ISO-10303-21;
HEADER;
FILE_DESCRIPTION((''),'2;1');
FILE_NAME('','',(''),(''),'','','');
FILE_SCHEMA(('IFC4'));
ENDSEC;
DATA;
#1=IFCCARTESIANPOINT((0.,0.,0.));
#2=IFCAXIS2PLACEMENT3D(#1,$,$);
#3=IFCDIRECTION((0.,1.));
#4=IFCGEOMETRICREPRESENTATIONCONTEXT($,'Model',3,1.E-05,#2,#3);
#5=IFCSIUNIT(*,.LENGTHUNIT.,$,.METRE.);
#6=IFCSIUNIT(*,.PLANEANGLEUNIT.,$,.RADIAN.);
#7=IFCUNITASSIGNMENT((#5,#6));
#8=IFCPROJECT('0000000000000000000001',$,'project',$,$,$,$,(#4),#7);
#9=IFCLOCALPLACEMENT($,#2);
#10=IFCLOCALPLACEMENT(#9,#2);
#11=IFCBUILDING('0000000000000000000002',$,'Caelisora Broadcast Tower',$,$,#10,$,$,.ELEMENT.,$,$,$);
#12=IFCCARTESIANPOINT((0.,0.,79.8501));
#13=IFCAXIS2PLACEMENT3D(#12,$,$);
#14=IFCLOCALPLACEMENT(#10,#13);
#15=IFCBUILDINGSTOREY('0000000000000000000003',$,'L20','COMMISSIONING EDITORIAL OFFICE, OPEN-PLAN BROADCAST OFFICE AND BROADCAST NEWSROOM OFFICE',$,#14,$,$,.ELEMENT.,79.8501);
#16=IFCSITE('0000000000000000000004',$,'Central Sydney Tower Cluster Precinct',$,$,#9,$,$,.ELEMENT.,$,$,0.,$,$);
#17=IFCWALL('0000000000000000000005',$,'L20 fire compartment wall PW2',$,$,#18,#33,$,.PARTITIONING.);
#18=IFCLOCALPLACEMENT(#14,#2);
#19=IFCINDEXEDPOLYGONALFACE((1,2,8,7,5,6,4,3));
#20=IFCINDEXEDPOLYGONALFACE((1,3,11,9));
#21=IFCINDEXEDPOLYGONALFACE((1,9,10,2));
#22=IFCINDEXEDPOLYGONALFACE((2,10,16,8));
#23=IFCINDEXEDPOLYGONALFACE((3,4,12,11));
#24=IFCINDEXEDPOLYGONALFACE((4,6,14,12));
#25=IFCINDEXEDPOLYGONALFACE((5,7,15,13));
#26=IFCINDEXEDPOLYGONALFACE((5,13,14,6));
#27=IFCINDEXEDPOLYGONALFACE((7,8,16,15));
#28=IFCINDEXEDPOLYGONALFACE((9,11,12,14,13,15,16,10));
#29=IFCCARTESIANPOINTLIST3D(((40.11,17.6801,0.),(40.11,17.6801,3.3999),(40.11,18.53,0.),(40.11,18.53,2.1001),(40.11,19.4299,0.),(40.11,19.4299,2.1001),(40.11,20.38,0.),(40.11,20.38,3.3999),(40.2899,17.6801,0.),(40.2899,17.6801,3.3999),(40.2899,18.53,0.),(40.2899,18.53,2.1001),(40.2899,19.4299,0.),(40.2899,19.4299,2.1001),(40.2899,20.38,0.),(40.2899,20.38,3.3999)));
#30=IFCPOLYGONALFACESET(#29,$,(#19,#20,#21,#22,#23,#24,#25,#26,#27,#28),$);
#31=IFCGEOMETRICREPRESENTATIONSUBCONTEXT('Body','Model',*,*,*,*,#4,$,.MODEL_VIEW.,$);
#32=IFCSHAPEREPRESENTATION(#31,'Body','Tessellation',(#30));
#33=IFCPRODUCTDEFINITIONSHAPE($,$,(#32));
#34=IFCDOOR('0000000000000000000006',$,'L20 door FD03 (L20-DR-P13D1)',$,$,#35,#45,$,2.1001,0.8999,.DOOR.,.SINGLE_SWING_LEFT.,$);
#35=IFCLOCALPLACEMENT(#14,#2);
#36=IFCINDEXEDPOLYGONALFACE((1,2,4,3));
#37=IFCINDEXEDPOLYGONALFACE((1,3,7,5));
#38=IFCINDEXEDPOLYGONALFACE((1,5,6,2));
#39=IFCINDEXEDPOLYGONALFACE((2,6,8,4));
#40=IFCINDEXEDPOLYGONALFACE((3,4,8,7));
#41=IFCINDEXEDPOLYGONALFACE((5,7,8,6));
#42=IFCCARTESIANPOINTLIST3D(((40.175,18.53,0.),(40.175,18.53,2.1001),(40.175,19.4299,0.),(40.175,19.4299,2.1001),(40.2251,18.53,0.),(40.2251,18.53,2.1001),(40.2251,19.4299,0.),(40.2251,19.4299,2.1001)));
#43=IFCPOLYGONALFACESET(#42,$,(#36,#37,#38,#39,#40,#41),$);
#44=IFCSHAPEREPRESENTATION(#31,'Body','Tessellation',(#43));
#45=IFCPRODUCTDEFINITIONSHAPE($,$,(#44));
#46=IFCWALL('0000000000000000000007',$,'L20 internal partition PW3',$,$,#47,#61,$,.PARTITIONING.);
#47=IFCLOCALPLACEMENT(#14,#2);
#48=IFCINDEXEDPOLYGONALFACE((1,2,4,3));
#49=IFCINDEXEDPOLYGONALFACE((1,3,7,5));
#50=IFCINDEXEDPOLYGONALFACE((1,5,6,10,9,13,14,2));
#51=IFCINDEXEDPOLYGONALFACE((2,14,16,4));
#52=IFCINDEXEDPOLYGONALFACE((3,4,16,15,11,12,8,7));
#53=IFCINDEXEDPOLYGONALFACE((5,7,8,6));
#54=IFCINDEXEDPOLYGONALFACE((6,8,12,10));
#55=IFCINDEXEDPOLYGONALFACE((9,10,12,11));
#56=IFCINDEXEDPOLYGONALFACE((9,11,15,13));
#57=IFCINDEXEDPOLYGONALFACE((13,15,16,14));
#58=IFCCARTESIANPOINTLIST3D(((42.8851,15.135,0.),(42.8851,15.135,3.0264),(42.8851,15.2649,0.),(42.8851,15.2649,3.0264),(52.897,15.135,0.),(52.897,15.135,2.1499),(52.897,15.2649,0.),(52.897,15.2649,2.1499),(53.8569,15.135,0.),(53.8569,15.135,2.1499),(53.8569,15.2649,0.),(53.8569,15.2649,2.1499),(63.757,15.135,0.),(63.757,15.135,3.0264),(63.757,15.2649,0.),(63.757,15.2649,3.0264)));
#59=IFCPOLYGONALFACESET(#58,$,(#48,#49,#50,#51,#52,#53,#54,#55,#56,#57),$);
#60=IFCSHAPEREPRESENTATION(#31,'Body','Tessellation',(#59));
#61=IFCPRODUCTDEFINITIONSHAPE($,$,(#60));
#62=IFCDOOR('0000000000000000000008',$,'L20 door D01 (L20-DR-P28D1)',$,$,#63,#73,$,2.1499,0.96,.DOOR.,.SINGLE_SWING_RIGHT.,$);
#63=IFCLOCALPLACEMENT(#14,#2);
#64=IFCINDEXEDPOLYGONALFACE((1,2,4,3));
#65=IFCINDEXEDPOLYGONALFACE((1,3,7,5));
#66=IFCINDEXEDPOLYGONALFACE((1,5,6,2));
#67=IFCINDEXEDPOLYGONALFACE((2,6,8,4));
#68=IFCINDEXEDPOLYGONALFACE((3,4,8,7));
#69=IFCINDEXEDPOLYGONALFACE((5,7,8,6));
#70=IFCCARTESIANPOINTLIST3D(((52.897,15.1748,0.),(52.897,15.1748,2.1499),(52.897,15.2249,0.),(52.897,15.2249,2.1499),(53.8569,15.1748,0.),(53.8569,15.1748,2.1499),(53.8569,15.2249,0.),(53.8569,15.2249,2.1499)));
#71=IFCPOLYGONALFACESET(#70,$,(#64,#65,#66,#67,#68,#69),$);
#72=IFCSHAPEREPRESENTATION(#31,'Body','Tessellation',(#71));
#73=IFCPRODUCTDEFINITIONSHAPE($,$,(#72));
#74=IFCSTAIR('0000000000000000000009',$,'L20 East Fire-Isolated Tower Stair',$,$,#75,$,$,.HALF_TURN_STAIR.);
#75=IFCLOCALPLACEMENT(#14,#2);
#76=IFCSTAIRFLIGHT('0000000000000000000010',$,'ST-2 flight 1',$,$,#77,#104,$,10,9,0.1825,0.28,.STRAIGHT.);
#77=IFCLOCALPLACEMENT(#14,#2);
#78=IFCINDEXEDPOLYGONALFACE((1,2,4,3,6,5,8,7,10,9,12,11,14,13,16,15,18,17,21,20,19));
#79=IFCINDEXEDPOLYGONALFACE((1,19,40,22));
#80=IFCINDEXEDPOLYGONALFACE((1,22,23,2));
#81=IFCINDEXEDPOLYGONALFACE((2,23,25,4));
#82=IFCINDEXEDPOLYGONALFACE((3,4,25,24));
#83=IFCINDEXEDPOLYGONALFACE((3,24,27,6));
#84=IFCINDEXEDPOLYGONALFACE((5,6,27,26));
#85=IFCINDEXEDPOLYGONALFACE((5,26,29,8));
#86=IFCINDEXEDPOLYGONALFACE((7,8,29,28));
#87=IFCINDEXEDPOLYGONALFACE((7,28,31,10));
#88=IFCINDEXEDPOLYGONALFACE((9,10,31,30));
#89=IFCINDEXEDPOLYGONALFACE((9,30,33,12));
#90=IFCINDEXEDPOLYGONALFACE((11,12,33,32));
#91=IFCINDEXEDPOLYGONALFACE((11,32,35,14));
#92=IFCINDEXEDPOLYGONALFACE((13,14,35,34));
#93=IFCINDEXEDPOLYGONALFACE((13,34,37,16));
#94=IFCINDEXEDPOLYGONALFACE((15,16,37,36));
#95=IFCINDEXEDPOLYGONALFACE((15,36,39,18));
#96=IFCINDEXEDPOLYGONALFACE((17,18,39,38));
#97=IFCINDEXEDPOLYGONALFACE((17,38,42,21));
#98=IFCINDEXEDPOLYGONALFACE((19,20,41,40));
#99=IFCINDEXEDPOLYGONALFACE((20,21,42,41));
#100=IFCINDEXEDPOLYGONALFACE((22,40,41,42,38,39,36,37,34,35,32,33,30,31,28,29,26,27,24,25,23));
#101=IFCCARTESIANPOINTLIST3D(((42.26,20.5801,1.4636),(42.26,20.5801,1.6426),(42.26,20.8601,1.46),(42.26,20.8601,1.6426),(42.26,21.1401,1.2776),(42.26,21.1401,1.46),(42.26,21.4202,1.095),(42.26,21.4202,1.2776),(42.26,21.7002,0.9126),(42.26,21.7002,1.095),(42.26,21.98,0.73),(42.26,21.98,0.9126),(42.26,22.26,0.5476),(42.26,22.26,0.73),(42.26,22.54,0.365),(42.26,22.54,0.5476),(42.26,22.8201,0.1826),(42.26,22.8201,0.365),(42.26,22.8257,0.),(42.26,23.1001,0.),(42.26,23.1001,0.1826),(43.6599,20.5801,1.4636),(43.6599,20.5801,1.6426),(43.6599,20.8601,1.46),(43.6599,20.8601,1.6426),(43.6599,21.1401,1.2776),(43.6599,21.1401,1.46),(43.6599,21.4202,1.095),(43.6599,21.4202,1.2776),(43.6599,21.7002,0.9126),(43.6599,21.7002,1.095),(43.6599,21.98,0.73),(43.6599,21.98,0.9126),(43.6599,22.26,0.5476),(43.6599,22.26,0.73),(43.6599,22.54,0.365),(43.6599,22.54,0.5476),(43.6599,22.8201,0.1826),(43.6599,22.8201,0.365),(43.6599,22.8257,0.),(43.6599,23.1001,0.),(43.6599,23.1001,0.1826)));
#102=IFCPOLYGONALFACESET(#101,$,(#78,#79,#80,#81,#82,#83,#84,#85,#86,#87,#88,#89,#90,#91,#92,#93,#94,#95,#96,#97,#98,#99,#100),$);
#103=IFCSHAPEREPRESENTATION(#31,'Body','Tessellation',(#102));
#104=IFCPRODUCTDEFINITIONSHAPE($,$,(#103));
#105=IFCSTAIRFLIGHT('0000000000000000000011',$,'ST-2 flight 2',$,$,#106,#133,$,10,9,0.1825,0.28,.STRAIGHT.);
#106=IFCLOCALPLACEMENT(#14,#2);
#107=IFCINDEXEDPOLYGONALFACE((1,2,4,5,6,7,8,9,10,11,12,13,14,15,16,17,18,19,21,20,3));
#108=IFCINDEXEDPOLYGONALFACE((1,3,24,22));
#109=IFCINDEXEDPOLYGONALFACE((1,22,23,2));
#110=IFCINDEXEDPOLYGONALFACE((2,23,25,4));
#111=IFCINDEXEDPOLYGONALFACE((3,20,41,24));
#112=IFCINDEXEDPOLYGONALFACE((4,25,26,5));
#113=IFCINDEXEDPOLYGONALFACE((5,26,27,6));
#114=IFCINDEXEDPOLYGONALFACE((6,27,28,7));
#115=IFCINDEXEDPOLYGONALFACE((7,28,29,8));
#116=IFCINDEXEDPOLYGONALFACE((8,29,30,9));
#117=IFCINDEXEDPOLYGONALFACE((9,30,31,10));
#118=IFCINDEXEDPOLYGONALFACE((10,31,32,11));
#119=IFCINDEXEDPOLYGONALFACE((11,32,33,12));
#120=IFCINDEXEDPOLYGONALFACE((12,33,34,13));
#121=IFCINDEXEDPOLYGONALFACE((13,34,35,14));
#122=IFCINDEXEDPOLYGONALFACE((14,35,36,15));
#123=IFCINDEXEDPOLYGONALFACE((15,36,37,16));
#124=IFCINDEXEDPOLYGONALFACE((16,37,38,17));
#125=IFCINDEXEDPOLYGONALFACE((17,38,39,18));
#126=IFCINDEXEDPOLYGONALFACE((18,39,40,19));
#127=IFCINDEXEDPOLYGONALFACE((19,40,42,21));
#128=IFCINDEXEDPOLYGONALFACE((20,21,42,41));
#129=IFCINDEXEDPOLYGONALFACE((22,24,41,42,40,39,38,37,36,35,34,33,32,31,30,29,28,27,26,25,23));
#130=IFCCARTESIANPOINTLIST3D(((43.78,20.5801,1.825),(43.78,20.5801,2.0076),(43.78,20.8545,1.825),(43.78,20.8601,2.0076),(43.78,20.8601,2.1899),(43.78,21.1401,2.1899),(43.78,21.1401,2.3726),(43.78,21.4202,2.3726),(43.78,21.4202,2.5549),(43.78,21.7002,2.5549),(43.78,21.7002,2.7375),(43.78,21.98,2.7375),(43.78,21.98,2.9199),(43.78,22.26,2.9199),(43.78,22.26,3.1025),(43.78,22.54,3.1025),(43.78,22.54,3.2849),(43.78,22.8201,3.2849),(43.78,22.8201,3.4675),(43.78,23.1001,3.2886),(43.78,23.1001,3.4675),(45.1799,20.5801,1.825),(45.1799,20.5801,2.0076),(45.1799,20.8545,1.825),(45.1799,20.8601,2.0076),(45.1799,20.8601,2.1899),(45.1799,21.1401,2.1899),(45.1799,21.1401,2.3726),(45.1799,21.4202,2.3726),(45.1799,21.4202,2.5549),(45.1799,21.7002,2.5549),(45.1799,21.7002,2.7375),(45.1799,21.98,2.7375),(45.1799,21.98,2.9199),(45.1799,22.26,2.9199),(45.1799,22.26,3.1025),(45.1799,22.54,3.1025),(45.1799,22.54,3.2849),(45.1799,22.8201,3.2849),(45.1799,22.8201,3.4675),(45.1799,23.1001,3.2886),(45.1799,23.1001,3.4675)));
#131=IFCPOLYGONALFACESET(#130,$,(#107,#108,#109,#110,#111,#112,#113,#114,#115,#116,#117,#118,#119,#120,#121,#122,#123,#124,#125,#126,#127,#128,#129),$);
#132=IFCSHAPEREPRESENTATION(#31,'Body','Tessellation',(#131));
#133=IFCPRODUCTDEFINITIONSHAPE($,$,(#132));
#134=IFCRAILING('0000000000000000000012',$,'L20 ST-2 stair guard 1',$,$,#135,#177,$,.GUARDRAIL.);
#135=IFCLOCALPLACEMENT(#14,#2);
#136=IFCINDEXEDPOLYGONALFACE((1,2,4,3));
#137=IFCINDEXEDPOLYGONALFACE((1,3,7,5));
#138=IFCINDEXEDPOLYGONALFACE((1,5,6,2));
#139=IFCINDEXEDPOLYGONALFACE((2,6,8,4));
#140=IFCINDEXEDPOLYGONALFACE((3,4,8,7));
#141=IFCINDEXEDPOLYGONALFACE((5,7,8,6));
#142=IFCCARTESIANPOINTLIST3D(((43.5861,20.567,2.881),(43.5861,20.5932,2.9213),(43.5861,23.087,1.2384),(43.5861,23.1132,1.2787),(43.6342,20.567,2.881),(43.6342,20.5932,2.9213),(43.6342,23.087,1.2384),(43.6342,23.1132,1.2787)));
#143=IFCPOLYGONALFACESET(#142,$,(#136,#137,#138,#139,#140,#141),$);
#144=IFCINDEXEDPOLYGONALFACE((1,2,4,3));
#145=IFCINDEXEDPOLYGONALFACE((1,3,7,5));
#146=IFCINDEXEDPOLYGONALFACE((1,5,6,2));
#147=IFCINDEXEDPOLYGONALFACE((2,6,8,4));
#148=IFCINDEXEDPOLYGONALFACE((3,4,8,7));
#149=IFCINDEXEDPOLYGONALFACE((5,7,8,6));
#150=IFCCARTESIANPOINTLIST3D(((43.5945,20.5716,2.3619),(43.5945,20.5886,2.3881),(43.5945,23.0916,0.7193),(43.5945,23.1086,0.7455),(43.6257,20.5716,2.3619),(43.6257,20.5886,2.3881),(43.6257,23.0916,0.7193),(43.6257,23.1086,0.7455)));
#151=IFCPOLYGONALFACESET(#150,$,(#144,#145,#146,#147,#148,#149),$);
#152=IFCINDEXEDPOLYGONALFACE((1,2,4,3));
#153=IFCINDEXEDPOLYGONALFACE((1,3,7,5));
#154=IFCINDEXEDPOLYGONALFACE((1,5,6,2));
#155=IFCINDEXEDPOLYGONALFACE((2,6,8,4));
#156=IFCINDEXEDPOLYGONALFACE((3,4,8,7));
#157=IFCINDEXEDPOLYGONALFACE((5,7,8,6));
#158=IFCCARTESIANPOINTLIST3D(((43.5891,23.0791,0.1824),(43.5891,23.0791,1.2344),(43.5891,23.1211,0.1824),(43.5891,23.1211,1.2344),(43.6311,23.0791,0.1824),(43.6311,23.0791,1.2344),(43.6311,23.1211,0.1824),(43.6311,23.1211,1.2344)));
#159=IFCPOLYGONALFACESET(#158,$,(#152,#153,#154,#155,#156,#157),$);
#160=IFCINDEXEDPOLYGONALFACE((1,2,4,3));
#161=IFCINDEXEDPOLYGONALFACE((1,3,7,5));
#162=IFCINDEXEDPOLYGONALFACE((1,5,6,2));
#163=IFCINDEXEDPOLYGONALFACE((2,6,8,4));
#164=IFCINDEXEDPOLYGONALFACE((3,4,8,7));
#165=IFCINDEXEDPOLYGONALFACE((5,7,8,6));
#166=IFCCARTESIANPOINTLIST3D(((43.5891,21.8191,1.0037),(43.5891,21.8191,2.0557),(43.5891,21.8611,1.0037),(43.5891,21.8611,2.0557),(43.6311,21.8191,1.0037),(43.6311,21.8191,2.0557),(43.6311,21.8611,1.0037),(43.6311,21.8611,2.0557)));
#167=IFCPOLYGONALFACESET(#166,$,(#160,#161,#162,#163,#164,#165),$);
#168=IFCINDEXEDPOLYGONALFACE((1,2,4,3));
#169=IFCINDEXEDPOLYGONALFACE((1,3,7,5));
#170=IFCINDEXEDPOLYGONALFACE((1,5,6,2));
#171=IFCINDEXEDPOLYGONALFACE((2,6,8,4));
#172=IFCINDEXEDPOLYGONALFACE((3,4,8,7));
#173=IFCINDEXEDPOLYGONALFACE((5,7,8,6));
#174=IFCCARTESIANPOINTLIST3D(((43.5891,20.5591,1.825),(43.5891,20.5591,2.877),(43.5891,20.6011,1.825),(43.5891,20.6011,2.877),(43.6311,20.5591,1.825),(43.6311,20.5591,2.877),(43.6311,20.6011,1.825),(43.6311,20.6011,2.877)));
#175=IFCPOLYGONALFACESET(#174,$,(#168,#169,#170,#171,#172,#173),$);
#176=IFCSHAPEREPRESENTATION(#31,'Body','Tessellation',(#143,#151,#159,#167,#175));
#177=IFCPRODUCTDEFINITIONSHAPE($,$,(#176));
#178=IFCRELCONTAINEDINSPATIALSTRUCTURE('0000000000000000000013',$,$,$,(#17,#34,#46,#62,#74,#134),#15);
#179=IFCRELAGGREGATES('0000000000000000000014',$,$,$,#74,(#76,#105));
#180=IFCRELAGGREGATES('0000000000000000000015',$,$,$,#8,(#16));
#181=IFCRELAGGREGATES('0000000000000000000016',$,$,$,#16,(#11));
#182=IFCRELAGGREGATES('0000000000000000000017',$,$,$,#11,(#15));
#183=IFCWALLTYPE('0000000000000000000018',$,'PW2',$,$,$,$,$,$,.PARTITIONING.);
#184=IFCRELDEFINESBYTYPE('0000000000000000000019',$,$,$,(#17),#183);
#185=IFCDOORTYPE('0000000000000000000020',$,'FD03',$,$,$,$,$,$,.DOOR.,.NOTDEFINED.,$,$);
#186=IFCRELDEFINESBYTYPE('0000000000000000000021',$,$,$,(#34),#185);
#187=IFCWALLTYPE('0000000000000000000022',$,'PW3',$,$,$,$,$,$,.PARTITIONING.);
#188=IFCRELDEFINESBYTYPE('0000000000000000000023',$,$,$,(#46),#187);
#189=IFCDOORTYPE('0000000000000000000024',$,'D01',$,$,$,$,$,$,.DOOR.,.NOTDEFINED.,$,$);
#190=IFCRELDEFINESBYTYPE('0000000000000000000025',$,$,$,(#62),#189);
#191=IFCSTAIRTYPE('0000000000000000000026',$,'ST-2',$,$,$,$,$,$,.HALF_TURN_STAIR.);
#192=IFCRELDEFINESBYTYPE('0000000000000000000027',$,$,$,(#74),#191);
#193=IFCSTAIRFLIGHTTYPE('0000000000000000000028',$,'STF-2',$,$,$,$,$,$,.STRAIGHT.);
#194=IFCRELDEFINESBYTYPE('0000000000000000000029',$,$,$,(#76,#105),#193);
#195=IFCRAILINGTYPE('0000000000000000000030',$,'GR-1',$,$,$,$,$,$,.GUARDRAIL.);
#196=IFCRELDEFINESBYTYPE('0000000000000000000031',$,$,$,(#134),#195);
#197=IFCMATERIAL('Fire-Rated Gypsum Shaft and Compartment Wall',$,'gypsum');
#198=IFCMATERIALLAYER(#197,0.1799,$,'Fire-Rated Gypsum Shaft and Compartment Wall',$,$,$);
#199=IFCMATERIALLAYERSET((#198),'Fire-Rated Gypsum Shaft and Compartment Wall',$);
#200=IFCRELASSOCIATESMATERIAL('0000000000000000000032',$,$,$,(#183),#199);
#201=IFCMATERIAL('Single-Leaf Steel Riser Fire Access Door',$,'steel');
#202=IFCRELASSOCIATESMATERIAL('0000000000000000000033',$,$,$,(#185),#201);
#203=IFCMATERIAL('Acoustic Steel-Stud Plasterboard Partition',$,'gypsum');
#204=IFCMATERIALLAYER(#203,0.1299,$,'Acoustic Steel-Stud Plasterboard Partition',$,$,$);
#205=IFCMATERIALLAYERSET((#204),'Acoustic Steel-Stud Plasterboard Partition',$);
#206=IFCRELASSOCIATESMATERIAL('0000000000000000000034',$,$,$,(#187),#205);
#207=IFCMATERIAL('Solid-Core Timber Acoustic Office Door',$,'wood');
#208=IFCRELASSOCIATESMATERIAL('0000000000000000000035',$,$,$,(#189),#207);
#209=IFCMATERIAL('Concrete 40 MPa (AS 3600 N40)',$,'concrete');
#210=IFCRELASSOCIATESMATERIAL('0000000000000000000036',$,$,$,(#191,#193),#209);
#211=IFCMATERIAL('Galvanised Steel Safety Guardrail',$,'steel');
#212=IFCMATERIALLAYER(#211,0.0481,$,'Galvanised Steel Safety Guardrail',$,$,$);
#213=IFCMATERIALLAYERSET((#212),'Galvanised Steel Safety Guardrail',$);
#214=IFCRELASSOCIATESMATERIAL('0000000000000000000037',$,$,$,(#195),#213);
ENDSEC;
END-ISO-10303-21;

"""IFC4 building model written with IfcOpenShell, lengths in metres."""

from ifc_helpers import new_model, si_unit, direction, frame, frame_2d, origin, origin_2d, place, context, subcontext, project, spatial, polyline, rectangle, outline, extrude, material, layer, layer_set, type_object, element, fill, aggregate, save


model = new_model("IFC4")

# Units and contexts
model_context = context("Model", 3, precision=1e-05, world=origin(), true_north=direction((0.0, 1.0)))
body_context = subcontext(model_context, "Body", "Model", "MODEL_VIEW")
ifc_project = project(units=[si_unit("LENGTHUNIT", "METRE"), si_unit("PLANEANGLEUNIT", "RADIAN")], contexts=[model_context])

# Site, building, storey
site_placement = place(None, origin())
site = spatial("IfcSite", under=ifc_project, at=site_placement, Name="Central Sydney Tower Cluster Precinct", CompositionType="ELEMENT", RefElevation=0.0)
building_placement = place(site_placement, origin())
building = spatial("IfcBuilding", under=site, at=building_placement, Name="Caelisora Broadcast Tower", CompositionType="ELEMENT")
storey_placement = place(building_placement, frame((0.0, 0.0, 79.8501)))
storey = spatial("IfcBuildingStorey", under=building, at=storey_placement, Name="L20", Description="COMMISSIONING EDITORIAL OFFICE, OPEN-PLAN BROADCAST OFFICE AND BROADCAST NEWSROOM OFFICE", CompositionType="ELEMENT", Elevation=79.8501)

# Shared definitions
ifc_material_1 = material(Name="Fire-Rated Gypsum Shaft and Compartment Wall", Category="gypsum")
ifc_layer_1 = layer(ifc_material_1, 0.1799, Name="Fire-Rated Gypsum Shaft and Compartment Wall")
ifc_layer_set_1 = layer_set([ifc_layer_1], Name="Fire-Rated Gypsum Shaft and Compartment Wall")
wall_type_1 = type_object("IfcWallType", Name="PW2", PredefinedType="PARTITIONING", material=ifc_layer_set_1)

# Walls, openings, doors
wall_1_placement = place(storey_placement, frame((40.2, 17.6799, 0.0), z_axis=(0.0, 0.0, 1.0), x_axis=(0.0, 1.0, 0.0)))
wall_1 = element("IfcWall", 1, at=wall_1_placement, inside=storey, type_object=wall_type_1, Name="L20 fire compartment wall PW2", PredefinedType="PARTITIONING", context=body_context, shape_type="SweptSolid", body=[
    extrude(rectangle(XDim=2.7, YDim=0.1799, at=frame_2d((1.3501, 0.0))), origin(), (0.0, 0.0, 1.0), 3.3999),
])
opening_1_placement = place(wall_1_placement, frame((0.8501, 0.0, 0.0)))
opening_1 = element("IfcOpeningElement", 2, at=opening_1_placement, cuts=wall_1, PredefinedType="OPENING", context=body_context, shape_type="SweptSolid", body=[
    extrude(rectangle(XDim=0.8999, YDim=2.1001, at=frame_2d((0.45, 1.05))), frame((0.0, 0.1021, 0.0), z_axis=(0.0, -1.0, 0.0), x_axis=(1.0, 0.0, 0.0)), (0.0, 0.0, 1.0), 0.2039),
])
ifc_material_2 = material(Name="Single-Leaf Steel Riser Fire Access Door", Category="steel")
door_type_1 = type_object("IfcDoorType", Name="FD03", OperationType="NOTDEFINED", PredefinedType="DOOR", material=ifc_material_2)
door_1_placement = place(opening_1_placement, origin())
door_1 = element("IfcDoor", 3, at=door_1_placement, inside=storey, type_object=door_type_1, Name="L20 door FD03 (L20-DR-P13D1)", OperationType="SINGLE_SWING_LEFT", OverallHeight=2.1001, OverallWidth=0.8999, PredefinedType="DOOR", context=body_context, shape_type="SweptSolid", body=[
    extrude(rectangle(XDim=0.8999, YDim=2.1001, at=frame_2d((0.45, 1.05))), frame((0.0, 0.0249, 0.0), z_axis=(0.0, -1.0, 0.0), x_axis=(1.0, 0.0, 0.0)), (0.0, 0.0, 1.0), 0.05),
])
fill(opening_1, door_1)
ifc_material_3 = material(Name="Acoustic Steel-Stud Plasterboard Partition", Category="gypsum")
ifc_layer_2 = layer(ifc_material_3, 0.1299, Name="Acoustic Steel-Stud Plasterboard Partition")
ifc_layer_set_2 = layer_set([ifc_layer_2], Name="Acoustic Steel-Stud Plasterboard Partition")
wall_type_2 = type_object("IfcWallType", Name="PW3", PredefinedType="PARTITIONING", material=ifc_layer_set_2)
wall_2_placement = place(storey_placement, frame((42.885, 15.2, 0.0), z_axis=(0.0, 0.0, 1.0), x_axis=(1.0, 0.0, 0.0)))
wall_2 = element("IfcWall", 4, at=wall_2_placement, inside=storey, type_object=wall_type_2, Name="L20 internal partition PW3", PredefinedType="PARTITIONING", context=body_context, shape_type="SweptSolid", body=[
    extrude(rectangle(XDim=20.8718, YDim=0.1299, at=frame_2d((10.436, 0.0))), origin(), (0.0, 0.0, 1.0), 3.0264),
])
opening_2_placement = place(wall_2_placement, frame((10.012, 0.0, 0.0)))
opening_2 = element("IfcOpeningElement", 5, at=opening_2_placement, cuts=wall_2, PredefinedType="OPENING", context=body_context, shape_type="SweptSolid", body=[
    extrude(rectangle(XDim=0.96, YDim=2.1499, at=frame_2d((0.48, 1.075))), frame((0.0, 0.0769, 0.0), z_axis=(0.0, -1.0, 0.0), x_axis=(1.0, 0.0, 0.0)), (0.0, 0.0, 1.0), 0.1538),
])
ifc_material_4 = material(Name="Solid-Core Timber Acoustic Office Door", Category="wood")
door_type_2 = type_object("IfcDoorType", Name="D01", OperationType="NOTDEFINED", PredefinedType="DOOR", material=ifc_material_4)
door_2_placement = place(opening_2_placement, origin())
door_2 = element("IfcDoor", 6, at=door_2_placement, inside=storey, type_object=door_type_2, Name="L20 door D01 (L20-DR-P28D1)", OperationType="SINGLE_SWING_RIGHT", OverallHeight=2.1499, OverallWidth=0.96, PredefinedType="DOOR", context=body_context, shape_type="SweptSolid", body=[
    extrude(rectangle(XDim=0.96, YDim=2.1499, at=frame_2d((0.48, 1.075))), frame((0.0, 0.0249, 0.0), z_axis=(0.0, -1.0, 0.0), x_axis=(1.0, 0.0, 0.0)), (0.0, 0.0, 1.0), 0.05),
])
fill(opening_2, door_2)

# Stair, stair flights
ifc_material_5 = material(Name="Concrete 40 MPa (AS 3600 N40)", Category="concrete")
stair_type = type_object("IfcStairType", Name="ST-2", PredefinedType="HALF_TURN_STAIR", material=ifc_material_5)
stair_placement = place(storey_placement, origin())
stair = element("IfcStair", 7, at=stair_placement, inside=storey, type_object=stair_type, Name="L20 East Fire-Isolated Tower Stair", PredefinedType="HALF_TURN_STAIR")
stair_flight_type = type_object("IfcStairFlightType", Name="STF-2", PredefinedType="STRAIGHT", material=ifc_material_5)
stair_flight_1_placement = place(storey_placement, frame((42.96, 23.1001, 0.0), z_axis=(0.0, 0.0, 1.0), x_axis=(0.0, -1.0, 0.0)))
stair_flight_1 = element("IfcStairFlight", 8, at=stair_flight_1_placement, type_object=stair_flight_type, Name="ST-2 flight 1", NumberOfRisers=10, NumberOfTreads=9, PredefinedType="STRAIGHT", RiserHeight=0.1825, TreadLength=0.28, context=body_context, shape_type="SweptSolid", body=[
    extrude(outline(polyline([(0.0, 0.0), (0.0, 0.1826), (0.28, 0.1826), (0.28, 0.365), (0.5601, 0.365), (0.5601, 0.5476), (0.8401, 0.5476), (0.8401, 0.73), (1.1201, 0.73), (1.1201, 0.9126), (1.3999, 0.9126), (1.3999, 1.095), (1.6799, 1.095), (1.6799, 1.2776), (1.96, 1.2776), (1.96, 1.46), (2.24, 1.46), (2.24, 1.6426), (2.52, 1.6426), (2.52, 1.825), (2.52, 1.4636), (0.2744, 0.0), (0.0, 0.0)])), frame((0.0, 0.7, 0.0), z_axis=(0.0, -1.0, 0.0), x_axis=(1.0, 0.0, 0.0)), (0.0, 0.0, 1.0), 1.3999),
])
stair_flight_2_placement = place(storey_placement, frame((44.48, 20.5801, 1.825), z_axis=(0.0, 0.0, 1.0), x_axis=(0.0, 1.0, 0.0)))
stair_flight_2 = element("IfcStairFlight", 9, at=stair_flight_2_placement, type_object=stair_flight_type, Name="ST-2 flight 2", NumberOfRisers=10, NumberOfTreads=9, PredefinedType="STRAIGHT", RiserHeight=0.1825, TreadLength=0.28, context=body_context, shape_type="SweptSolid", body=[
    extrude(outline(polyline([(0.0, 0.0), (0.0, 0.1826), (0.28, 0.1826), (0.28, 0.365), (0.5601, 0.365), (0.5601, 0.5476), (0.8401, 0.5476), (0.8401, 0.73), (1.1201, 0.73), (1.1201, 0.9126), (1.3999, 0.9126), (1.3999, 1.095), (1.6799, 1.095), (1.6799, 1.2776), (1.96, 1.2776), (1.96, 1.46), (2.24, 1.46), (2.24, 1.6426), (2.52, 1.6426), (2.52, 1.825), (2.52, 1.4636), (0.2744, 0.0), (0.0, 0.0)])), frame((0.0, 0.7, 0.0), z_axis=(0.0, -1.0, 0.0), x_axis=(1.0, 0.0, 0.0)), (0.0, 0.0, 1.0), 1.3999),
])
aggregate(stair, [stair_flight_1, stair_flight_2])

# Railing
ifc_material_6 = material(Name="Galvanised Steel Safety Guardrail", Category="steel")
ifc_layer_3 = layer(ifc_material_6, 0.0481, Name="Galvanised Steel Safety Guardrail")
ifc_layer_set_3 = layer_set([ifc_layer_3], Name="Galvanised Steel Safety Guardrail")
railing_type_1 = type_object("IfcRailingType", Name="GR-1", PredefinedType="GUARDRAIL", material=ifc_layer_set_3)
railing_1_placement = place(storey_placement, frame((43.6101, 23.1001, 0.1824)))
element("IfcRailing", 10, at=railing_1_placement, inside=storey, type_object=railing_type_1, Name="L20 ST-2 stair guard 1", PredefinedType="GUARDRAIL", context=body_context, shape_type="SweptSolid", body=[
    extrude(rectangle(XDim=0.0481, YDim=0.0481, at=origin_2d()), frame((0.0, 0.0, 1.0762), z_axis=(0.0, -0.837749, 0.546055), x_axis=(1.0, 0.0, 0.0)), (0.0, 0.0, 1.0), 3.0081),
    extrude(rectangle(XDim=0.0312, YDim=0.0312, at=origin_2d()), frame((0.0, 0.0, 0.55), z_axis=(0.0, -0.837749, 0.546055), x_axis=(1.0, 0.0, 0.0)), (0.0, 0.0, 1.0), 3.0081),
    extrude(rectangle(XDim=0.042, YDim=0.042, at=origin_2d()), origin(), (0.0, 0.0, 1.0), 1.052),
    extrude(rectangle(XDim=0.042, YDim=0.042, at=origin_2d()), frame((0.0, -1.26, 0.8213)), (0.0, 0.0, 1.0), 1.052),
    extrude(rectangle(XDim=0.042, YDim=0.042, at=origin_2d()), frame((0.0, -2.52, 1.6426)), (0.0, 0.0, 1.0), 1.052),
])

save(model, "model.ifc")
